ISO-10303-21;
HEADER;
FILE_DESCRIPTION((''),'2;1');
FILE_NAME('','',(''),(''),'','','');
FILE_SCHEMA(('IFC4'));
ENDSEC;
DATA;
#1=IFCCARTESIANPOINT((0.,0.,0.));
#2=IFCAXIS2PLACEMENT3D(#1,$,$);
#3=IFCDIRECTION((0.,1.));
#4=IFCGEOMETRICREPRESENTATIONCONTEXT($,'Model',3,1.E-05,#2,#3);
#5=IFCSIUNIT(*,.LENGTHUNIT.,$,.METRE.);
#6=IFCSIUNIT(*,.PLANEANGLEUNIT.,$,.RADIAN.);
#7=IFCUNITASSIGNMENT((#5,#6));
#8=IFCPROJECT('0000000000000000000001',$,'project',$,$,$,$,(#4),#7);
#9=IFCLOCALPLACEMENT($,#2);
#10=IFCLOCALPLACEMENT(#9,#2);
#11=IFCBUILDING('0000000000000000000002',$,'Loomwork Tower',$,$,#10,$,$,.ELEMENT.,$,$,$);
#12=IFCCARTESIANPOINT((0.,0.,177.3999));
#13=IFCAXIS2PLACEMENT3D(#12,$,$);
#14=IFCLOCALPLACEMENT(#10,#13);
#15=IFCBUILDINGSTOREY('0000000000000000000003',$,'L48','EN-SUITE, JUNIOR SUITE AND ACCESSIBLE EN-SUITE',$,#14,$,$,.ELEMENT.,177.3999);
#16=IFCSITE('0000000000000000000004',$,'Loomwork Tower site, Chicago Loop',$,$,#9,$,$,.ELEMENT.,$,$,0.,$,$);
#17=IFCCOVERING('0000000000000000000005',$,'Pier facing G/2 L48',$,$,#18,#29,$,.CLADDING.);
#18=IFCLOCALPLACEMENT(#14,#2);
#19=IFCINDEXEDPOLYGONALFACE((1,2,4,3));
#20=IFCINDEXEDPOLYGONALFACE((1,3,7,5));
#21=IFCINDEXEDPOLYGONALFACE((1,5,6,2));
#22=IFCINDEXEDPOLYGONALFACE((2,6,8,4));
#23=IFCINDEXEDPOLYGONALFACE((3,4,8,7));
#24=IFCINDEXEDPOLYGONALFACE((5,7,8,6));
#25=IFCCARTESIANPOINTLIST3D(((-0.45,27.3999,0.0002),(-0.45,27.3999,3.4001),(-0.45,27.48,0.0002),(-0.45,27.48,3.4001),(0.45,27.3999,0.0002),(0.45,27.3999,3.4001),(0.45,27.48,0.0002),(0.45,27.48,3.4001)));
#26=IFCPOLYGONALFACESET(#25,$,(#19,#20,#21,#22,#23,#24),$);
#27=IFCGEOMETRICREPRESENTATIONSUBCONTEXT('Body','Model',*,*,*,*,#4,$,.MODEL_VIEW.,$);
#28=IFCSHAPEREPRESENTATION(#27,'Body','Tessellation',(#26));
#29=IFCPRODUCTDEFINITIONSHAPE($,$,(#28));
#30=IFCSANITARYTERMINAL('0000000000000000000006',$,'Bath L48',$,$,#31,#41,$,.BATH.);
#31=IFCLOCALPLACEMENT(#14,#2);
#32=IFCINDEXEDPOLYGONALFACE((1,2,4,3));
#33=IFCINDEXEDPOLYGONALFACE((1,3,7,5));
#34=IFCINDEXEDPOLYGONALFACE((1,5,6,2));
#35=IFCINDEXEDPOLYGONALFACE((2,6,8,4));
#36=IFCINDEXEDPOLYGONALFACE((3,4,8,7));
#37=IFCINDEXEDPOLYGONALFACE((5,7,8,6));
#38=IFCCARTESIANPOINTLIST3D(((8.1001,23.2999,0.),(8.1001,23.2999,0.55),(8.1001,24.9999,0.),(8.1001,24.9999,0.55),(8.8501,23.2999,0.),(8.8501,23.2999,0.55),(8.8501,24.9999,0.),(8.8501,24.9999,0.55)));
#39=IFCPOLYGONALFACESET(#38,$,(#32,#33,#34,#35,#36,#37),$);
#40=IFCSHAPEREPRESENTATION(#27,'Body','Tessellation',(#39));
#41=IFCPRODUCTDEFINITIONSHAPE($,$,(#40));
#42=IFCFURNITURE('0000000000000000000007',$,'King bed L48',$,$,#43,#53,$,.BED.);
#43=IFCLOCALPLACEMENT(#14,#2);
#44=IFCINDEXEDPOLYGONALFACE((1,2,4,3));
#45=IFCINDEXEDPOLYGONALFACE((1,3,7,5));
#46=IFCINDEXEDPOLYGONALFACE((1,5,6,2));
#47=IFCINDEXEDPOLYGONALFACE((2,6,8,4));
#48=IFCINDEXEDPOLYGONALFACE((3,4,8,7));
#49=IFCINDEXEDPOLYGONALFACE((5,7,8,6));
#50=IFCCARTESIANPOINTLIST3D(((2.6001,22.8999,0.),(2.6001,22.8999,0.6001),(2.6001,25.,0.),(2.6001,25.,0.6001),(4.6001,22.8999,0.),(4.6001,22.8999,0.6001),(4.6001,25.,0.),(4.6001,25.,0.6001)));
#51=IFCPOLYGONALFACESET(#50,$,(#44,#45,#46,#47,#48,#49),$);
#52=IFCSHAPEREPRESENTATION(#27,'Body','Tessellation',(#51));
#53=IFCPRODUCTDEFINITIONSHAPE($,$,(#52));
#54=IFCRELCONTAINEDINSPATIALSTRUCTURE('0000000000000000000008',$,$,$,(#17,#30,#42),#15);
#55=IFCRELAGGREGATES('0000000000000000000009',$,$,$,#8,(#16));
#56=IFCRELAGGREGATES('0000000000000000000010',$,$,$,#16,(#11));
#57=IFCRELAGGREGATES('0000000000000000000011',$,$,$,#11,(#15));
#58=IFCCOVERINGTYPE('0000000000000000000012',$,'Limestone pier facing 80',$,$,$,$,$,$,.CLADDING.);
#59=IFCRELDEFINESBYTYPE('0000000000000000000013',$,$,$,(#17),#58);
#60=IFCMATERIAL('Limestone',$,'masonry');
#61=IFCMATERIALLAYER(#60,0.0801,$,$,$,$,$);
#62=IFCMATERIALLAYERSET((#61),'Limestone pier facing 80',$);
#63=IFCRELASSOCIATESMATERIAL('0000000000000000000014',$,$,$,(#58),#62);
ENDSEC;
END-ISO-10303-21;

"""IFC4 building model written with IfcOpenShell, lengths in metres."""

from ifc_helpers import new_model, si_unit, direction, frame, origin, origin_2d, place, context, subcontext, project, spatial, rectangle, extrude, material, layer, layer_set, type_object, element, save


model = new_model("IFC4")

# Units and contexts
model_context = context("Model", 3, precision=1e-05, world=origin(), true_north=direction((0.0, 1.0)))
body_context = subcontext(model_context, "Body", "Model", "MODEL_VIEW")
ifc_project = project(units=[si_unit("LENGTHUNIT", "METRE"), si_unit("PLANEANGLEUNIT", "RADIAN")], contexts=[model_context])

# Site, building, storey
site_placement = place(None, origin())
site = spatial("IfcSite", under=ifc_project, at=site_placement, Name="Loomwork Tower site, Chicago Loop", CompositionType="ELEMENT", RefElevation=0.0)
building_placement = place(site_placement, origin())
building = spatial("IfcBuilding", under=site, at=building_placement, Name="Loomwork Tower", CompositionType="ELEMENT")
storey_placement = place(building_placement, frame((0.0, 0.0, 177.3999)))
storey = spatial("IfcBuildingStorey", under=building, at=storey_placement, Name="L48", Description="EN-SUITE, JUNIOR SUITE AND ACCESSIBLE EN-SUITE", CompositionType="ELEMENT", Elevation=177.3999)

# Covering
ifc_material_1 = material(Name="Limestone", Category="masonry")
ifc_layer_1 = layer(ifc_material_1, 0.0801)
ifc_layer_set_1 = layer_set([ifc_layer_1], Name="Limestone pier facing 80")
covering_type = type_object("IfcCoveringType", Name="Limestone pier facing 80", PredefinedType="CLADDING", material=ifc_layer_set_1)
covering_placement = place(storey_placement, frame((0.0, 27.4399, 0.0002), z_axis=(0.0, 0.0, 1.0), x_axis=(1.0, 0.0, 0.0)))
element("IfcCovering", 1, at=covering_placement, inside=storey, type_object=covering_type, Name="Pier facing G/2 L48", PredefinedType="CLADDING", context=body_context, shape_type="SweptSolid", body=[
    extrude(rectangle(XDim=0.8999, YDim=0.0801, at=origin_2d()), origin(), (0.0, 0.0, 1.0), 3.3999),
])

# Sanitary terminal
sanitary_terminal_placement = place(storey_placement, frame((8.4751, 24.1499, 0.0), z_axis=(0.0, 0.0, 1.0), x_axis=(1.0, 0.0, 0.0)))
element("IfcSanitaryTerminal", 2, at=sanitary_terminal_placement, inside=storey, Name="Bath L48", PredefinedType="BATH", context=body_context, shape_type="SweptSolid", body=[
    extrude(rectangle(XDim=0.75, YDim=1.7, at=origin_2d()), origin(), (0.0, 0.0, 1.0), 0.55),
])

# Furniture
furniture_placement = place(storey_placement, frame((3.6001, 23.95, 0.0), z_axis=(0.0, 0.0, 1.0), x_axis=(1.0, 0.0, 0.0)))
element("IfcFurniture", 3, at=furniture_placement, inside=storey, Name="King bed L48", PredefinedType="BED", context=body_context, shape_type="SweptSolid", body=[
    extrude(rectangle(XDim=2.0, YDim=2.1001, at=origin_2d()), origin(), (0.0, 0.0, 1.0), 0.6001),
])

save(model, "model.ifc")
